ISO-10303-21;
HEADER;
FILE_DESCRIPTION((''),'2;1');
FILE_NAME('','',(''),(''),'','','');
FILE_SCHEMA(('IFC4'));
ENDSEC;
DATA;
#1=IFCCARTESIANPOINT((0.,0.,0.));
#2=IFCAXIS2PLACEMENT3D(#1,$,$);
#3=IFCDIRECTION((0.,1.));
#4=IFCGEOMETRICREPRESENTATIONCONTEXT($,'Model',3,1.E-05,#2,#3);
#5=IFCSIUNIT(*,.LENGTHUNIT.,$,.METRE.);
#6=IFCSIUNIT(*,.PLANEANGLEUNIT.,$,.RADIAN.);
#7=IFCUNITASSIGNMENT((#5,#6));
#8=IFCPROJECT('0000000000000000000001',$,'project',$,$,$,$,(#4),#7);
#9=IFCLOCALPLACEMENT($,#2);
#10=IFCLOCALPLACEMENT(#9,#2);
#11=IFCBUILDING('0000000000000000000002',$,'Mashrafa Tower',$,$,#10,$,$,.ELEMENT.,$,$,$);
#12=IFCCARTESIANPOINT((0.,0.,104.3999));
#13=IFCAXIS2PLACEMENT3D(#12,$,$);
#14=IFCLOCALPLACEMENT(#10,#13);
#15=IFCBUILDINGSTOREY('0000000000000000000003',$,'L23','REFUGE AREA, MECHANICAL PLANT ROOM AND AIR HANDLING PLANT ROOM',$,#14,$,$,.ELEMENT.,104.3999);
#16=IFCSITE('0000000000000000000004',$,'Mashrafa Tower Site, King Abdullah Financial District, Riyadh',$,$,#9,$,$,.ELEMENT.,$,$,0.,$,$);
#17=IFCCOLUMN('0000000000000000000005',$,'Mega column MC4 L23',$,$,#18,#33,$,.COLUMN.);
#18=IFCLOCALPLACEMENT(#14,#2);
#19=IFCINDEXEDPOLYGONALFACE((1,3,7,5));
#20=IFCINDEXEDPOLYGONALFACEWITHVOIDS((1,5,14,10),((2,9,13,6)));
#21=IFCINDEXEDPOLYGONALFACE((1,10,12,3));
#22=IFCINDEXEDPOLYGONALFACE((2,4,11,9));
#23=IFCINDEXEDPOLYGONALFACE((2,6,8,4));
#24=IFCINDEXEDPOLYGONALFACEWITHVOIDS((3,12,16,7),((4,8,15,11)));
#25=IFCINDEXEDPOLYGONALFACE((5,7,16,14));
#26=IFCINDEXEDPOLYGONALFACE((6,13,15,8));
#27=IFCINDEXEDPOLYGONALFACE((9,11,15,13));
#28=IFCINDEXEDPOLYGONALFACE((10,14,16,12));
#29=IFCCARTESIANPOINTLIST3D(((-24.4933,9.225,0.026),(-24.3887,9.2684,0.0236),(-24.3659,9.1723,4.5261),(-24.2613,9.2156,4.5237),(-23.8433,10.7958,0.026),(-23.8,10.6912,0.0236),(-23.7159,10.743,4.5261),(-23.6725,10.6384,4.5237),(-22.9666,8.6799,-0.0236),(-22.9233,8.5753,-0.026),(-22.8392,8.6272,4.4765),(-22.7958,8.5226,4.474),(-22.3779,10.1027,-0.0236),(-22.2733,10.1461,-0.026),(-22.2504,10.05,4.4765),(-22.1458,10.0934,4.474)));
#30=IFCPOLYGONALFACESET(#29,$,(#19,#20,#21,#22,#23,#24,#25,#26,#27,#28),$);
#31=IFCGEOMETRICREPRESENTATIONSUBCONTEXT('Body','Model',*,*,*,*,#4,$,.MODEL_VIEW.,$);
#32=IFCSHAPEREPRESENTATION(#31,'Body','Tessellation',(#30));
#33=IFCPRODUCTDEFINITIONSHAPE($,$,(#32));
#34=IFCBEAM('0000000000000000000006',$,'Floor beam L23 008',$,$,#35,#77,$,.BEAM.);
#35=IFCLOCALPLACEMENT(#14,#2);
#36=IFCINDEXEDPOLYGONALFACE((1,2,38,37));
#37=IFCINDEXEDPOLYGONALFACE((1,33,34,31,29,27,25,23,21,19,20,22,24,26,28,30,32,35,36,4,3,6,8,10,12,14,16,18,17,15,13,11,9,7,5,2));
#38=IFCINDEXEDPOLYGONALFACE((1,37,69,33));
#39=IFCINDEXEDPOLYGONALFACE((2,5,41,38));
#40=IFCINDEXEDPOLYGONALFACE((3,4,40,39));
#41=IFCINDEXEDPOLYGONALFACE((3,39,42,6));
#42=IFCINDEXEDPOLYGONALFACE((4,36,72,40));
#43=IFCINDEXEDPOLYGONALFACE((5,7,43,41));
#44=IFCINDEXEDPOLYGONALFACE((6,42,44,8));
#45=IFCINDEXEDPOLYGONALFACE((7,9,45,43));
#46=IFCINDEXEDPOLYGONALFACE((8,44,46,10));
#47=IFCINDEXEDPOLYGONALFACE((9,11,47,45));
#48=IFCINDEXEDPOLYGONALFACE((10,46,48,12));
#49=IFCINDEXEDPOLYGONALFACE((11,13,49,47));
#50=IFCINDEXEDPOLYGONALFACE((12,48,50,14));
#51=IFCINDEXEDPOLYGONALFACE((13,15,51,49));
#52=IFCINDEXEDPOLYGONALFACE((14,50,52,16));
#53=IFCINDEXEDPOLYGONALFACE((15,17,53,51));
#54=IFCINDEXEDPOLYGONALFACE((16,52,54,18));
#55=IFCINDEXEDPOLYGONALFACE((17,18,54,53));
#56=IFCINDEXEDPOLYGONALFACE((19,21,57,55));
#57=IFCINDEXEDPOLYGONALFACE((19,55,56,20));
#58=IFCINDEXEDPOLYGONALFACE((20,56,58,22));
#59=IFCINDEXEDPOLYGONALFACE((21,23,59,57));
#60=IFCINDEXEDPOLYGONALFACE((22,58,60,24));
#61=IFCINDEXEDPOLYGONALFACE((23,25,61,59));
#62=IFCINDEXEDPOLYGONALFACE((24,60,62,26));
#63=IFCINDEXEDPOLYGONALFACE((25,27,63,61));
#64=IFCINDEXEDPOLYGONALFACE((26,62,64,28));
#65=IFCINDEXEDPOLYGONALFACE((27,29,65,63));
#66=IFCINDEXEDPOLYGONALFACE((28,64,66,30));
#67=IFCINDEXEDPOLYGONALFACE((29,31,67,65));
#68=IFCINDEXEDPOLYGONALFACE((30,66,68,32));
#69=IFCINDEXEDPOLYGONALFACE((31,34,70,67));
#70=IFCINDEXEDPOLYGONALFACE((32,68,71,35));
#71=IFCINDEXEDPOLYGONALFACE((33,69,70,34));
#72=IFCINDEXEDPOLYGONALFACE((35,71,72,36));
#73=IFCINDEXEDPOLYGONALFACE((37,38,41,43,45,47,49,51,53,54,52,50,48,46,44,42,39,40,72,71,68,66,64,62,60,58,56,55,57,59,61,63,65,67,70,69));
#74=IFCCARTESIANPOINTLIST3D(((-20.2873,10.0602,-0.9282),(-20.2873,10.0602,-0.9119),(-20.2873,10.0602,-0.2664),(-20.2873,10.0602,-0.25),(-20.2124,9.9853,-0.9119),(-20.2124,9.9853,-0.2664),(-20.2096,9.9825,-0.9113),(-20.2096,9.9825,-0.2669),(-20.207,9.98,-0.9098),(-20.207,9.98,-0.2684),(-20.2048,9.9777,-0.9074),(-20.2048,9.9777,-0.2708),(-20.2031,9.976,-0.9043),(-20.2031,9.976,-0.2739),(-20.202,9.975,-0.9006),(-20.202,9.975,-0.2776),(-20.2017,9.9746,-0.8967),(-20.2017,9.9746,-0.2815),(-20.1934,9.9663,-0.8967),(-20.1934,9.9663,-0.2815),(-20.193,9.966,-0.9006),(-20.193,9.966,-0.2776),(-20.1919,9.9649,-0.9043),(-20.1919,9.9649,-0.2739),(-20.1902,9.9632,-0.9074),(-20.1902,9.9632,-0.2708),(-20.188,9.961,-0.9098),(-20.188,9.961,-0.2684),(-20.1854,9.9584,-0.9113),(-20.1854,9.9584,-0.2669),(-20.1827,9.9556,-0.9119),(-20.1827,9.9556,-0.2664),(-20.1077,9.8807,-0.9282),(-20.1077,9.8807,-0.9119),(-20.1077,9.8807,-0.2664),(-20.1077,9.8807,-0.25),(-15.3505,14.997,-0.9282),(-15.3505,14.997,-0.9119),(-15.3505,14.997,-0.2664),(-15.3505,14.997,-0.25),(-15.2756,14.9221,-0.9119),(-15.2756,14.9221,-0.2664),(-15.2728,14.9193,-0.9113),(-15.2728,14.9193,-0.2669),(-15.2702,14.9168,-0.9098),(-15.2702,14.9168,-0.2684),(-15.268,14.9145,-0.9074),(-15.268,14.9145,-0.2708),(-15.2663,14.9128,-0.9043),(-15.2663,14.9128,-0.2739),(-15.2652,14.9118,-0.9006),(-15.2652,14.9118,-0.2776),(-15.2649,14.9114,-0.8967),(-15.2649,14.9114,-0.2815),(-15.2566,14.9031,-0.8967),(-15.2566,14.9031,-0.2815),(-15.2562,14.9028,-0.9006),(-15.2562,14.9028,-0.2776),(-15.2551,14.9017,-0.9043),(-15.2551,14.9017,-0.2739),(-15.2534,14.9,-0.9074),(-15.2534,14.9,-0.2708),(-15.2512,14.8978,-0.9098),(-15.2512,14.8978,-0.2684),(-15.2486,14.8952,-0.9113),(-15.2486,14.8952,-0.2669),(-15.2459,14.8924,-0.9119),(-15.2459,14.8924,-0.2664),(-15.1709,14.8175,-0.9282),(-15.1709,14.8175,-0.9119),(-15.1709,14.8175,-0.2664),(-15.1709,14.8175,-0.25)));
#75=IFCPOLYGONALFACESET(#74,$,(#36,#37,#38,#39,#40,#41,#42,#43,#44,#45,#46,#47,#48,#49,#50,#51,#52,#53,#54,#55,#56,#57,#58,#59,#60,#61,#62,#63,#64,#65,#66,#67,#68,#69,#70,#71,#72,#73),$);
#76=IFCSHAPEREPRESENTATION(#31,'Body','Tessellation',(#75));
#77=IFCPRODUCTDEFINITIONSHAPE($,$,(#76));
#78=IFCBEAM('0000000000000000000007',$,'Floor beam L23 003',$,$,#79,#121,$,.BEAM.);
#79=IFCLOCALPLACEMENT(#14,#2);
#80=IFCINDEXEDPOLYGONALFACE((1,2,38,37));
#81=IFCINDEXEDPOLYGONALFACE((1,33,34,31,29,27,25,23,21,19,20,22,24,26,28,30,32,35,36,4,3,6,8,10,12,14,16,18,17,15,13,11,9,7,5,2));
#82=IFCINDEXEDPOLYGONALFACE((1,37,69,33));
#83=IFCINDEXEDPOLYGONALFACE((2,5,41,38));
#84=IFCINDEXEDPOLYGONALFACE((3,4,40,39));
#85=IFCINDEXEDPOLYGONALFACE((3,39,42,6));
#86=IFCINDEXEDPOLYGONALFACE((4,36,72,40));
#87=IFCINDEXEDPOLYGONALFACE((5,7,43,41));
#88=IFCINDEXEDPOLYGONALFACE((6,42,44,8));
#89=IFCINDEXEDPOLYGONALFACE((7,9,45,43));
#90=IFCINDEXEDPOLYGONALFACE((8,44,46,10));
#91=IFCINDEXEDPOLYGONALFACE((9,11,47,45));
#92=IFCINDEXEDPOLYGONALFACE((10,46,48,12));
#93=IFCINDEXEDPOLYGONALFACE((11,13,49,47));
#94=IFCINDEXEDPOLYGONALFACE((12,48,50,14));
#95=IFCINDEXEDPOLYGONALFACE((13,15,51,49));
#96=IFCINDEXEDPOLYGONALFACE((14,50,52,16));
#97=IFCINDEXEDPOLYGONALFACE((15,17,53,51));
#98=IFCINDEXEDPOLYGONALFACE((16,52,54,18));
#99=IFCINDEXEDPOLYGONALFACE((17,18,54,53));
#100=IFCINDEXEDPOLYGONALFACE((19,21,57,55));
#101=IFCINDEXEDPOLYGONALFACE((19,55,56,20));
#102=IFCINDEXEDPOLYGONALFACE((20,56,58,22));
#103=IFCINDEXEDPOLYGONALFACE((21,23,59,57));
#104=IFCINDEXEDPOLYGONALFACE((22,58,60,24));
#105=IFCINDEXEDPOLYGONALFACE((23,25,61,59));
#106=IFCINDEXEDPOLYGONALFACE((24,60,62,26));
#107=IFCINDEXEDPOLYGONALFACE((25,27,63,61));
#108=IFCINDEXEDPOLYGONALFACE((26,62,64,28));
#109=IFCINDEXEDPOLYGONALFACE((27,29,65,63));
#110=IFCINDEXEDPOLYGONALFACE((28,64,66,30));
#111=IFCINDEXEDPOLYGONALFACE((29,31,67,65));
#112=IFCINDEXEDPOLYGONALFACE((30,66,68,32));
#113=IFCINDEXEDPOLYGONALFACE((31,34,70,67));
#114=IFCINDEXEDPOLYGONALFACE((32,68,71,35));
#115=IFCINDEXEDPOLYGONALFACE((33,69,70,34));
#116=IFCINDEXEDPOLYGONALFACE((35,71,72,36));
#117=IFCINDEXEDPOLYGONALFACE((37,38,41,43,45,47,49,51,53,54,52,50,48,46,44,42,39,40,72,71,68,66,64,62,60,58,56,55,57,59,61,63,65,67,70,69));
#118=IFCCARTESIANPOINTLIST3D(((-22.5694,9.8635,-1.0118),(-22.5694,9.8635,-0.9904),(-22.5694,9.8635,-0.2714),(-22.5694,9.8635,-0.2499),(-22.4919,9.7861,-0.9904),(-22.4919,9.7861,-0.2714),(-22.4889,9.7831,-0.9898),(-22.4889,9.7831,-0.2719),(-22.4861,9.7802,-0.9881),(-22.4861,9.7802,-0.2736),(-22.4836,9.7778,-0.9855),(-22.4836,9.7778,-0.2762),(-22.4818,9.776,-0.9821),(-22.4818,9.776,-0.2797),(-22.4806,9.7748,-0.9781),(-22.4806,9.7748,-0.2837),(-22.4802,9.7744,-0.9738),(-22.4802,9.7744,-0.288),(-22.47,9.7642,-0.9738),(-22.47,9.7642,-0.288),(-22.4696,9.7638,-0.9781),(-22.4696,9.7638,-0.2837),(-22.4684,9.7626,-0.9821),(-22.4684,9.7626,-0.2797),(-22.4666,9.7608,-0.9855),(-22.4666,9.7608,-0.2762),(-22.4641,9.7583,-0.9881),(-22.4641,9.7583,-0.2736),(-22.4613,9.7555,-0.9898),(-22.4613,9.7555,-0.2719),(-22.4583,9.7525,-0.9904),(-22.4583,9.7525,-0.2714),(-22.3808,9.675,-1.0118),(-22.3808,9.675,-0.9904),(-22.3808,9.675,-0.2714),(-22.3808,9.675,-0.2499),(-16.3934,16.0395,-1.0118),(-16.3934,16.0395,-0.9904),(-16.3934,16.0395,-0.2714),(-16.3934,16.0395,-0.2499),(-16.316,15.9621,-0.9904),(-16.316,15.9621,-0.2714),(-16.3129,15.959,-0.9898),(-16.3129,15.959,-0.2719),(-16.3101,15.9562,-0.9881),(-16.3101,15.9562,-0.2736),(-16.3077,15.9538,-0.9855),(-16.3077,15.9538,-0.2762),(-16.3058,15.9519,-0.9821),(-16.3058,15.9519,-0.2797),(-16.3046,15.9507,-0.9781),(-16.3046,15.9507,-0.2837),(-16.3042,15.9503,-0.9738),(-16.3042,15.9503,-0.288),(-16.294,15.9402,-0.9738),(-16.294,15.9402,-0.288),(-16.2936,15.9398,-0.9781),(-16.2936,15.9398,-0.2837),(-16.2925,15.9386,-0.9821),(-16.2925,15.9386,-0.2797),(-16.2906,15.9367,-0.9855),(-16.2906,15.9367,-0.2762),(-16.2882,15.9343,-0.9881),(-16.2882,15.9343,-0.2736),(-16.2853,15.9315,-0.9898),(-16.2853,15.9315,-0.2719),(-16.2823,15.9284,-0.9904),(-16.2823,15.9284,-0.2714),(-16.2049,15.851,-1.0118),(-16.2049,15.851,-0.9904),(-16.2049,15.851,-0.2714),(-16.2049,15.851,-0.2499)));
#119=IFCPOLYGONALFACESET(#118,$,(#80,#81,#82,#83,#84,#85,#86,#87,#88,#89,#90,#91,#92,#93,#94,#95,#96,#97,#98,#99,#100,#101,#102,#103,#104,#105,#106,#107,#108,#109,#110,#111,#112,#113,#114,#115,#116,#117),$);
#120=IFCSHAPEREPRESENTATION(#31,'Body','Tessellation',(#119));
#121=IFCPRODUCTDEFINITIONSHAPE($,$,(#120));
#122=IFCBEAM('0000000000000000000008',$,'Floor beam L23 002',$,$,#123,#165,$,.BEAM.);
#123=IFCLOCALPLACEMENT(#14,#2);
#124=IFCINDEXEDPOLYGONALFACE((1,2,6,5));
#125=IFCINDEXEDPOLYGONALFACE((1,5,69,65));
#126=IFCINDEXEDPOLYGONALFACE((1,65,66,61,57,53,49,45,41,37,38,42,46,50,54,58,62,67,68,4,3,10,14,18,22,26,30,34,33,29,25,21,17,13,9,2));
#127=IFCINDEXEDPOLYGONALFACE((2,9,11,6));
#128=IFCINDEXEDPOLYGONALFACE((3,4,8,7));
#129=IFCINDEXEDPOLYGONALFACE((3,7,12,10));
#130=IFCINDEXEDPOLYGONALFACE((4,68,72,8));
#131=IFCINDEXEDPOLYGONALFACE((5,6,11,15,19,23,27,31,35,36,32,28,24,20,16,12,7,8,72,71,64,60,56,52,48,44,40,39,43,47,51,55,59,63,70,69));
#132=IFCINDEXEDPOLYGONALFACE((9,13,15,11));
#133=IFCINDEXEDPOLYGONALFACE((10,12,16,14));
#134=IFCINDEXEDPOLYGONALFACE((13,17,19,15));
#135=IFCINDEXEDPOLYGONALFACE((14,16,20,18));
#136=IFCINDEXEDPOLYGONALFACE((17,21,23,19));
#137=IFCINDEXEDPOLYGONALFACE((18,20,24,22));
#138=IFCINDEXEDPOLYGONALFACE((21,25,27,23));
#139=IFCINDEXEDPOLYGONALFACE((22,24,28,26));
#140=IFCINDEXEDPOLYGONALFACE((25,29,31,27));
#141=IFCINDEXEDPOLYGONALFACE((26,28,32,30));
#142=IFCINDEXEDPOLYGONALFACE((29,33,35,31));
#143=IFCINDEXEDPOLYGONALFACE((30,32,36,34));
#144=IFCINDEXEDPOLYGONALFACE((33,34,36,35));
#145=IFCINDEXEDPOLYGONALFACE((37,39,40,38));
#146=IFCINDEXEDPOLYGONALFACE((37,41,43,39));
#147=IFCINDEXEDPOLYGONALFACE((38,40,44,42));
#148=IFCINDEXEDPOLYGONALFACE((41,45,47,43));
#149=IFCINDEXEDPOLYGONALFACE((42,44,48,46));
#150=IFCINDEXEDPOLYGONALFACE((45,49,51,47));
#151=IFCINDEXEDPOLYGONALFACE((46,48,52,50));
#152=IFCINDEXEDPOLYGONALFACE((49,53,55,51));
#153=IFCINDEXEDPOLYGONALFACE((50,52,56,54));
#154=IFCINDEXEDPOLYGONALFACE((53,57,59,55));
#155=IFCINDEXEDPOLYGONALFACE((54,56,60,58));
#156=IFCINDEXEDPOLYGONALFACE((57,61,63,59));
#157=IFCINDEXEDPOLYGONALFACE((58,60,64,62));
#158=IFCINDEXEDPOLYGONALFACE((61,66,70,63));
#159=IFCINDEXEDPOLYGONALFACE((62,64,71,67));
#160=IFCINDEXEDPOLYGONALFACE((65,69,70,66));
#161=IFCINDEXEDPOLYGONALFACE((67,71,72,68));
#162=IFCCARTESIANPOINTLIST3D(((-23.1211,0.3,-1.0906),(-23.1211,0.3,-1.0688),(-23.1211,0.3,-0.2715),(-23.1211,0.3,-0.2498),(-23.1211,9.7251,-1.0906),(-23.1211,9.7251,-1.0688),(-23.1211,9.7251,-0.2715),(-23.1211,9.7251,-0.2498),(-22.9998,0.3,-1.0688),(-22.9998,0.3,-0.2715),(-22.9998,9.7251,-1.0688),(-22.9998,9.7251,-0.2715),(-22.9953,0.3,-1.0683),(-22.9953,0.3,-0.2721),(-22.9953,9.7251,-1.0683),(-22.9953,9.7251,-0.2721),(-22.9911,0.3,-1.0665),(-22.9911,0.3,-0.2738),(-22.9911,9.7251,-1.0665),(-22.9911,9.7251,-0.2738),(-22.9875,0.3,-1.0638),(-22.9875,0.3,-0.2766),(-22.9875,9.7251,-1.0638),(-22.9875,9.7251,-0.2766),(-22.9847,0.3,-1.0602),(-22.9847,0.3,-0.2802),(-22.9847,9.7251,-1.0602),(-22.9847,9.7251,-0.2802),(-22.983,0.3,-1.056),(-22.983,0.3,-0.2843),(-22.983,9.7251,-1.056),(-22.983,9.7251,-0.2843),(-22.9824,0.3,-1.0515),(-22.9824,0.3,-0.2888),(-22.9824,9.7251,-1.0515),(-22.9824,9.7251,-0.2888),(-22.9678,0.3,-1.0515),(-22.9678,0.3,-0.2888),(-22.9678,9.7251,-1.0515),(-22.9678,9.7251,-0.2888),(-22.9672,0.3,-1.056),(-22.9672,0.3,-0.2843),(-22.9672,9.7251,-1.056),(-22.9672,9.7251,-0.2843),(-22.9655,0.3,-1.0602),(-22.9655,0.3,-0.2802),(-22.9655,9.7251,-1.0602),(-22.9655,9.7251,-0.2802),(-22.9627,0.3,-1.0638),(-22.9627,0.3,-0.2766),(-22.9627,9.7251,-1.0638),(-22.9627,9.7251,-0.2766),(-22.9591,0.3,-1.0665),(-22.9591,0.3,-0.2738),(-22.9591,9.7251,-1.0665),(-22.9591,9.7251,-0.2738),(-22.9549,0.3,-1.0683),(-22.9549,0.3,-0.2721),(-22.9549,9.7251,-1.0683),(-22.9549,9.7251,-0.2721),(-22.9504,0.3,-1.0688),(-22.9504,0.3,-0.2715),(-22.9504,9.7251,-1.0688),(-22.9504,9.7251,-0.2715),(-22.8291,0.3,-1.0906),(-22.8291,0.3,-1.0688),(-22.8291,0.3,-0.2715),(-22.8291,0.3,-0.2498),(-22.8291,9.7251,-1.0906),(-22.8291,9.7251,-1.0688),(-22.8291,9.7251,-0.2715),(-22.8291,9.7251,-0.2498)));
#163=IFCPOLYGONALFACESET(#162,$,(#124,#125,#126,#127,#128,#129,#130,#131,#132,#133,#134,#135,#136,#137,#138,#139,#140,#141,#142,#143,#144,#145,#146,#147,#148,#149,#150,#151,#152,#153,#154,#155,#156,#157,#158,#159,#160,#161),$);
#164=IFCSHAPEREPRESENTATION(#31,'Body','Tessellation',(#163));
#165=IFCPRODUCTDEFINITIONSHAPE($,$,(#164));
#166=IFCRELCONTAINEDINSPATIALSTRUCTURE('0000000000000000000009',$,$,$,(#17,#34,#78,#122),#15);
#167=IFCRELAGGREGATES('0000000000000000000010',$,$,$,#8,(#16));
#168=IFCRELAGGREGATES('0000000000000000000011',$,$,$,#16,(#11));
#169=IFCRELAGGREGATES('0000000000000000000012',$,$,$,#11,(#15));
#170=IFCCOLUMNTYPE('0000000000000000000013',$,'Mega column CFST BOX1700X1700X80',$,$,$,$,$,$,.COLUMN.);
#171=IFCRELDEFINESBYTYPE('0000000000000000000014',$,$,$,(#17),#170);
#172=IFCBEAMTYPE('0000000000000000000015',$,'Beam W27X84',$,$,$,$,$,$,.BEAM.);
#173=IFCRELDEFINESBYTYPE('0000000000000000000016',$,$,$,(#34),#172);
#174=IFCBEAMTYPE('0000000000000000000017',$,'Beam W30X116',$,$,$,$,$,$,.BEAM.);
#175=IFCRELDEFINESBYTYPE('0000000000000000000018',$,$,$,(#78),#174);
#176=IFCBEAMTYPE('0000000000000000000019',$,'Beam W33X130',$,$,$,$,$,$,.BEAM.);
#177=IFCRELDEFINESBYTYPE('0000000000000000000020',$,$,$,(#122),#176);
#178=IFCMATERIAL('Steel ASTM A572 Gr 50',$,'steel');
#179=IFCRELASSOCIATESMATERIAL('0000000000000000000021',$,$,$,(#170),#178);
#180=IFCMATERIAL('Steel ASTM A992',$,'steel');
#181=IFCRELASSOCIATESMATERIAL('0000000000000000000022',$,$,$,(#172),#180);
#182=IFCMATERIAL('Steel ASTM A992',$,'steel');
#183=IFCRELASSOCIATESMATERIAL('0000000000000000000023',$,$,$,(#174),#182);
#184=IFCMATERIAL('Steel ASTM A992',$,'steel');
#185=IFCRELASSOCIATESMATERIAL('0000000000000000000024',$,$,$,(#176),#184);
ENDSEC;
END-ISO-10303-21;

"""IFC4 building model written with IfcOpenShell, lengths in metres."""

from ifc_helpers import new_model, si_unit, direction, frame, origin, origin_2d, place, context, subcontext, project, spatial, hollow_rectangle, i_section, extrude, material, material_profile, profile_set, type_object, element, save


model = new_model("IFC4")

# Units and contexts
model_context = context("Model", 3, precision=1e-05, world=origin(), true_north=direction((0.0, 1.0)))
body_context = subcontext(model_context, "Body", "Model", "MODEL_VIEW")
ifc_project = project(units=[si_unit("LENGTHUNIT", "METRE"), si_unit("PLANEANGLEUNIT", "RADIAN")], contexts=[model_context])

# Site, building, storey
site_placement = place(None, origin())
site = spatial("IfcSite", under=ifc_project, at=site_placement, Name="Mashrafa Tower Site, King Abdullah Financial District, Riyadh", CompositionType="ELEMENT", RefElevation=0.0)
building_placement = place(site_placement, origin())
building = spatial("IfcBuilding", under=site, at=building_placement, Name="Mashrafa Tower", CompositionType="ELEMENT")
storey_placement = place(building_placement, frame((0.0, 0.0, 104.3999)))
storey = spatial("IfcBuildingStorey", under=building, at=storey_placement, Name="L23", Description="REFUGE AREA, MECHANICAL PLANT ROOM AND AIR HANDLING PLANT ROOM", CompositionType="ELEMENT", Elevation=104.3999)

# Column
ifc_material_1 = material(Name="Steel ASTM A572 Gr 50", Category="steel")
ifc_material_profile_1 = material_profile(ifc_material_1, hollow_rectangle(XDim=1.7, YDim=1.7, WallThickness=0.0801, at=origin_2d()), Name="BOX1700X1700X80")
ifc_profile_set_1 = profile_set([ifc_material_profile_1], Name="Steel ASTM A572 Gr 50")
column_type = type_object("IfcColumnType", Name="Mega column CFST BOX1700X1700X80", PredefinedType="COLUMN", material=ifc_profile_set_1)
column_placement = place(storey_placement, frame((-23.3833, 9.6855, 0.0), z_axis=(0.028307, -0.011713, 0.999531), x_axis=(0.382352, 0.924017, 0.0)))
element("IfcColumn", 1, at=column_placement, inside=storey, type_object=column_type, Name="Mega column MC4 L23", PredefinedType="COLUMN", context=body_context, shape_type="SweptSolid", body=[
    extrude(hollow_rectangle(XDim=1.7, YDim=1.7, WallThickness=0.0801, at=origin_2d()), origin(), (0.0, 0.0, 1.0), 4.5022),
])

# Beams
ifc_material_2 = material(Name="Steel ASTM A992", Category="steel")
ifc_material_profile_2 = material_profile(ifc_material_2, i_section(OverallWidth=0.2539, OverallDepth=0.6782, WebThickness=0.0117, FlangeThickness=0.0164, FilletRadius=0.0151, at=origin_2d()), Name="W27X84")
ifc_profile_set_2 = profile_set([ifc_material_profile_2], Name="Steel ASTM A992")
beam_type_1 = type_object("IfcBeamType", Name="Beam W27X84", PredefinedType="BEAM", material=ifc_profile_set_2)
beam_1_placement = place(storey_placement, frame((-20.1975, 9.9705, -0.5891), z_axis=(0.707107, 0.707107, 0.0), x_axis=(-0.707107, 0.707107, 0.0)))
element("IfcBeam", 2, at=beam_1_placement, inside=storey, type_object=beam_type_1, Name="Floor beam L23 008", PredefinedType="BEAM", context=body_context, shape_type="SweptSolid", body=[
    extrude(i_section(OverallWidth=0.2539, OverallDepth=0.6782, WebThickness=0.0117, FlangeThickness=0.0164, FilletRadius=0.0151, at=origin_2d()), origin(), (0.0, 0.0, 1.0), 6.9817),
])
ifc_material_3 = material(Name="Steel ASTM A992", Category="steel")
ifc_material_profile_3 = material_profile(ifc_material_3, i_section(OverallWidth=0.2666, OverallDepth=0.762, WebThickness=0.0144, FlangeThickness=0.0215, FilletRadius=0.0166, at=origin_2d()), Name="W30X116")
ifc_profile_set_3 = profile_set([ifc_material_profile_3], Name="Steel ASTM A992")
beam_type_2 = type_object("IfcBeamType", Name="Beam W30X116", PredefinedType="BEAM", material=ifc_profile_set_3)
beam_2_placement = place(storey_placement, frame((-22.4751, 9.7693, -0.6309), z_axis=(0.707107, 0.707107, 0.0), x_axis=(-0.707107, 0.707107, 0.0)))
element("IfcBeam", 3, at=beam_2_placement, inside=storey, type_object=beam_type_2, Name="Floor beam L23 003", PredefinedType="BEAM", context=body_context, shape_type="SweptSolid", body=[
    extrude(i_section(OverallWidth=0.2666, OverallDepth=0.762, WebThickness=0.0144, FlangeThickness=0.0215, FilletRadius=0.0166, at=origin_2d()), origin(), (0.0, 0.0, 1.0), 8.7341),
])
ifc_material_4 = material(Name="Steel ASTM A992", Category="steel")
ifc_material_profile_4 = material_profile(ifc_material_4, i_section(OverallWidth=0.292, OverallDepth=0.8408, WebThickness=0.0146, FlangeThickness=0.0217, FilletRadius=0.0173, at=origin_2d()), Name="W33X130")
ifc_profile_set_4 = profile_set([ifc_material_profile_4], Name="Steel ASTM A992")
beam_type_3 = type_object("IfcBeamType", Name="Beam W33X130", PredefinedType="BEAM", material=ifc_profile_set_4)
beam_3_placement = place(storey_placement, frame((-22.9751, 0.3, -0.6702), z_axis=(0.0, 1.0, 0.0), x_axis=(-1.0, 0.0, 0.0)))
element("IfcBeam", 4, at=beam_3_placement, inside=storey, type_object=beam_type_3, Name="Floor beam L23 002", PredefinedType="BEAM", context=body_context, shape_type="SweptSolid", body=[
    extrude(i_section(OverallWidth=0.292, OverallDepth=0.8408, WebThickness=0.0146, FlangeThickness=0.0217, FilletRadius=0.0173, at=origin_2d()), origin(), (0.0, 0.0, 1.0), 9.425),
])

save(model, "model.ifc")
